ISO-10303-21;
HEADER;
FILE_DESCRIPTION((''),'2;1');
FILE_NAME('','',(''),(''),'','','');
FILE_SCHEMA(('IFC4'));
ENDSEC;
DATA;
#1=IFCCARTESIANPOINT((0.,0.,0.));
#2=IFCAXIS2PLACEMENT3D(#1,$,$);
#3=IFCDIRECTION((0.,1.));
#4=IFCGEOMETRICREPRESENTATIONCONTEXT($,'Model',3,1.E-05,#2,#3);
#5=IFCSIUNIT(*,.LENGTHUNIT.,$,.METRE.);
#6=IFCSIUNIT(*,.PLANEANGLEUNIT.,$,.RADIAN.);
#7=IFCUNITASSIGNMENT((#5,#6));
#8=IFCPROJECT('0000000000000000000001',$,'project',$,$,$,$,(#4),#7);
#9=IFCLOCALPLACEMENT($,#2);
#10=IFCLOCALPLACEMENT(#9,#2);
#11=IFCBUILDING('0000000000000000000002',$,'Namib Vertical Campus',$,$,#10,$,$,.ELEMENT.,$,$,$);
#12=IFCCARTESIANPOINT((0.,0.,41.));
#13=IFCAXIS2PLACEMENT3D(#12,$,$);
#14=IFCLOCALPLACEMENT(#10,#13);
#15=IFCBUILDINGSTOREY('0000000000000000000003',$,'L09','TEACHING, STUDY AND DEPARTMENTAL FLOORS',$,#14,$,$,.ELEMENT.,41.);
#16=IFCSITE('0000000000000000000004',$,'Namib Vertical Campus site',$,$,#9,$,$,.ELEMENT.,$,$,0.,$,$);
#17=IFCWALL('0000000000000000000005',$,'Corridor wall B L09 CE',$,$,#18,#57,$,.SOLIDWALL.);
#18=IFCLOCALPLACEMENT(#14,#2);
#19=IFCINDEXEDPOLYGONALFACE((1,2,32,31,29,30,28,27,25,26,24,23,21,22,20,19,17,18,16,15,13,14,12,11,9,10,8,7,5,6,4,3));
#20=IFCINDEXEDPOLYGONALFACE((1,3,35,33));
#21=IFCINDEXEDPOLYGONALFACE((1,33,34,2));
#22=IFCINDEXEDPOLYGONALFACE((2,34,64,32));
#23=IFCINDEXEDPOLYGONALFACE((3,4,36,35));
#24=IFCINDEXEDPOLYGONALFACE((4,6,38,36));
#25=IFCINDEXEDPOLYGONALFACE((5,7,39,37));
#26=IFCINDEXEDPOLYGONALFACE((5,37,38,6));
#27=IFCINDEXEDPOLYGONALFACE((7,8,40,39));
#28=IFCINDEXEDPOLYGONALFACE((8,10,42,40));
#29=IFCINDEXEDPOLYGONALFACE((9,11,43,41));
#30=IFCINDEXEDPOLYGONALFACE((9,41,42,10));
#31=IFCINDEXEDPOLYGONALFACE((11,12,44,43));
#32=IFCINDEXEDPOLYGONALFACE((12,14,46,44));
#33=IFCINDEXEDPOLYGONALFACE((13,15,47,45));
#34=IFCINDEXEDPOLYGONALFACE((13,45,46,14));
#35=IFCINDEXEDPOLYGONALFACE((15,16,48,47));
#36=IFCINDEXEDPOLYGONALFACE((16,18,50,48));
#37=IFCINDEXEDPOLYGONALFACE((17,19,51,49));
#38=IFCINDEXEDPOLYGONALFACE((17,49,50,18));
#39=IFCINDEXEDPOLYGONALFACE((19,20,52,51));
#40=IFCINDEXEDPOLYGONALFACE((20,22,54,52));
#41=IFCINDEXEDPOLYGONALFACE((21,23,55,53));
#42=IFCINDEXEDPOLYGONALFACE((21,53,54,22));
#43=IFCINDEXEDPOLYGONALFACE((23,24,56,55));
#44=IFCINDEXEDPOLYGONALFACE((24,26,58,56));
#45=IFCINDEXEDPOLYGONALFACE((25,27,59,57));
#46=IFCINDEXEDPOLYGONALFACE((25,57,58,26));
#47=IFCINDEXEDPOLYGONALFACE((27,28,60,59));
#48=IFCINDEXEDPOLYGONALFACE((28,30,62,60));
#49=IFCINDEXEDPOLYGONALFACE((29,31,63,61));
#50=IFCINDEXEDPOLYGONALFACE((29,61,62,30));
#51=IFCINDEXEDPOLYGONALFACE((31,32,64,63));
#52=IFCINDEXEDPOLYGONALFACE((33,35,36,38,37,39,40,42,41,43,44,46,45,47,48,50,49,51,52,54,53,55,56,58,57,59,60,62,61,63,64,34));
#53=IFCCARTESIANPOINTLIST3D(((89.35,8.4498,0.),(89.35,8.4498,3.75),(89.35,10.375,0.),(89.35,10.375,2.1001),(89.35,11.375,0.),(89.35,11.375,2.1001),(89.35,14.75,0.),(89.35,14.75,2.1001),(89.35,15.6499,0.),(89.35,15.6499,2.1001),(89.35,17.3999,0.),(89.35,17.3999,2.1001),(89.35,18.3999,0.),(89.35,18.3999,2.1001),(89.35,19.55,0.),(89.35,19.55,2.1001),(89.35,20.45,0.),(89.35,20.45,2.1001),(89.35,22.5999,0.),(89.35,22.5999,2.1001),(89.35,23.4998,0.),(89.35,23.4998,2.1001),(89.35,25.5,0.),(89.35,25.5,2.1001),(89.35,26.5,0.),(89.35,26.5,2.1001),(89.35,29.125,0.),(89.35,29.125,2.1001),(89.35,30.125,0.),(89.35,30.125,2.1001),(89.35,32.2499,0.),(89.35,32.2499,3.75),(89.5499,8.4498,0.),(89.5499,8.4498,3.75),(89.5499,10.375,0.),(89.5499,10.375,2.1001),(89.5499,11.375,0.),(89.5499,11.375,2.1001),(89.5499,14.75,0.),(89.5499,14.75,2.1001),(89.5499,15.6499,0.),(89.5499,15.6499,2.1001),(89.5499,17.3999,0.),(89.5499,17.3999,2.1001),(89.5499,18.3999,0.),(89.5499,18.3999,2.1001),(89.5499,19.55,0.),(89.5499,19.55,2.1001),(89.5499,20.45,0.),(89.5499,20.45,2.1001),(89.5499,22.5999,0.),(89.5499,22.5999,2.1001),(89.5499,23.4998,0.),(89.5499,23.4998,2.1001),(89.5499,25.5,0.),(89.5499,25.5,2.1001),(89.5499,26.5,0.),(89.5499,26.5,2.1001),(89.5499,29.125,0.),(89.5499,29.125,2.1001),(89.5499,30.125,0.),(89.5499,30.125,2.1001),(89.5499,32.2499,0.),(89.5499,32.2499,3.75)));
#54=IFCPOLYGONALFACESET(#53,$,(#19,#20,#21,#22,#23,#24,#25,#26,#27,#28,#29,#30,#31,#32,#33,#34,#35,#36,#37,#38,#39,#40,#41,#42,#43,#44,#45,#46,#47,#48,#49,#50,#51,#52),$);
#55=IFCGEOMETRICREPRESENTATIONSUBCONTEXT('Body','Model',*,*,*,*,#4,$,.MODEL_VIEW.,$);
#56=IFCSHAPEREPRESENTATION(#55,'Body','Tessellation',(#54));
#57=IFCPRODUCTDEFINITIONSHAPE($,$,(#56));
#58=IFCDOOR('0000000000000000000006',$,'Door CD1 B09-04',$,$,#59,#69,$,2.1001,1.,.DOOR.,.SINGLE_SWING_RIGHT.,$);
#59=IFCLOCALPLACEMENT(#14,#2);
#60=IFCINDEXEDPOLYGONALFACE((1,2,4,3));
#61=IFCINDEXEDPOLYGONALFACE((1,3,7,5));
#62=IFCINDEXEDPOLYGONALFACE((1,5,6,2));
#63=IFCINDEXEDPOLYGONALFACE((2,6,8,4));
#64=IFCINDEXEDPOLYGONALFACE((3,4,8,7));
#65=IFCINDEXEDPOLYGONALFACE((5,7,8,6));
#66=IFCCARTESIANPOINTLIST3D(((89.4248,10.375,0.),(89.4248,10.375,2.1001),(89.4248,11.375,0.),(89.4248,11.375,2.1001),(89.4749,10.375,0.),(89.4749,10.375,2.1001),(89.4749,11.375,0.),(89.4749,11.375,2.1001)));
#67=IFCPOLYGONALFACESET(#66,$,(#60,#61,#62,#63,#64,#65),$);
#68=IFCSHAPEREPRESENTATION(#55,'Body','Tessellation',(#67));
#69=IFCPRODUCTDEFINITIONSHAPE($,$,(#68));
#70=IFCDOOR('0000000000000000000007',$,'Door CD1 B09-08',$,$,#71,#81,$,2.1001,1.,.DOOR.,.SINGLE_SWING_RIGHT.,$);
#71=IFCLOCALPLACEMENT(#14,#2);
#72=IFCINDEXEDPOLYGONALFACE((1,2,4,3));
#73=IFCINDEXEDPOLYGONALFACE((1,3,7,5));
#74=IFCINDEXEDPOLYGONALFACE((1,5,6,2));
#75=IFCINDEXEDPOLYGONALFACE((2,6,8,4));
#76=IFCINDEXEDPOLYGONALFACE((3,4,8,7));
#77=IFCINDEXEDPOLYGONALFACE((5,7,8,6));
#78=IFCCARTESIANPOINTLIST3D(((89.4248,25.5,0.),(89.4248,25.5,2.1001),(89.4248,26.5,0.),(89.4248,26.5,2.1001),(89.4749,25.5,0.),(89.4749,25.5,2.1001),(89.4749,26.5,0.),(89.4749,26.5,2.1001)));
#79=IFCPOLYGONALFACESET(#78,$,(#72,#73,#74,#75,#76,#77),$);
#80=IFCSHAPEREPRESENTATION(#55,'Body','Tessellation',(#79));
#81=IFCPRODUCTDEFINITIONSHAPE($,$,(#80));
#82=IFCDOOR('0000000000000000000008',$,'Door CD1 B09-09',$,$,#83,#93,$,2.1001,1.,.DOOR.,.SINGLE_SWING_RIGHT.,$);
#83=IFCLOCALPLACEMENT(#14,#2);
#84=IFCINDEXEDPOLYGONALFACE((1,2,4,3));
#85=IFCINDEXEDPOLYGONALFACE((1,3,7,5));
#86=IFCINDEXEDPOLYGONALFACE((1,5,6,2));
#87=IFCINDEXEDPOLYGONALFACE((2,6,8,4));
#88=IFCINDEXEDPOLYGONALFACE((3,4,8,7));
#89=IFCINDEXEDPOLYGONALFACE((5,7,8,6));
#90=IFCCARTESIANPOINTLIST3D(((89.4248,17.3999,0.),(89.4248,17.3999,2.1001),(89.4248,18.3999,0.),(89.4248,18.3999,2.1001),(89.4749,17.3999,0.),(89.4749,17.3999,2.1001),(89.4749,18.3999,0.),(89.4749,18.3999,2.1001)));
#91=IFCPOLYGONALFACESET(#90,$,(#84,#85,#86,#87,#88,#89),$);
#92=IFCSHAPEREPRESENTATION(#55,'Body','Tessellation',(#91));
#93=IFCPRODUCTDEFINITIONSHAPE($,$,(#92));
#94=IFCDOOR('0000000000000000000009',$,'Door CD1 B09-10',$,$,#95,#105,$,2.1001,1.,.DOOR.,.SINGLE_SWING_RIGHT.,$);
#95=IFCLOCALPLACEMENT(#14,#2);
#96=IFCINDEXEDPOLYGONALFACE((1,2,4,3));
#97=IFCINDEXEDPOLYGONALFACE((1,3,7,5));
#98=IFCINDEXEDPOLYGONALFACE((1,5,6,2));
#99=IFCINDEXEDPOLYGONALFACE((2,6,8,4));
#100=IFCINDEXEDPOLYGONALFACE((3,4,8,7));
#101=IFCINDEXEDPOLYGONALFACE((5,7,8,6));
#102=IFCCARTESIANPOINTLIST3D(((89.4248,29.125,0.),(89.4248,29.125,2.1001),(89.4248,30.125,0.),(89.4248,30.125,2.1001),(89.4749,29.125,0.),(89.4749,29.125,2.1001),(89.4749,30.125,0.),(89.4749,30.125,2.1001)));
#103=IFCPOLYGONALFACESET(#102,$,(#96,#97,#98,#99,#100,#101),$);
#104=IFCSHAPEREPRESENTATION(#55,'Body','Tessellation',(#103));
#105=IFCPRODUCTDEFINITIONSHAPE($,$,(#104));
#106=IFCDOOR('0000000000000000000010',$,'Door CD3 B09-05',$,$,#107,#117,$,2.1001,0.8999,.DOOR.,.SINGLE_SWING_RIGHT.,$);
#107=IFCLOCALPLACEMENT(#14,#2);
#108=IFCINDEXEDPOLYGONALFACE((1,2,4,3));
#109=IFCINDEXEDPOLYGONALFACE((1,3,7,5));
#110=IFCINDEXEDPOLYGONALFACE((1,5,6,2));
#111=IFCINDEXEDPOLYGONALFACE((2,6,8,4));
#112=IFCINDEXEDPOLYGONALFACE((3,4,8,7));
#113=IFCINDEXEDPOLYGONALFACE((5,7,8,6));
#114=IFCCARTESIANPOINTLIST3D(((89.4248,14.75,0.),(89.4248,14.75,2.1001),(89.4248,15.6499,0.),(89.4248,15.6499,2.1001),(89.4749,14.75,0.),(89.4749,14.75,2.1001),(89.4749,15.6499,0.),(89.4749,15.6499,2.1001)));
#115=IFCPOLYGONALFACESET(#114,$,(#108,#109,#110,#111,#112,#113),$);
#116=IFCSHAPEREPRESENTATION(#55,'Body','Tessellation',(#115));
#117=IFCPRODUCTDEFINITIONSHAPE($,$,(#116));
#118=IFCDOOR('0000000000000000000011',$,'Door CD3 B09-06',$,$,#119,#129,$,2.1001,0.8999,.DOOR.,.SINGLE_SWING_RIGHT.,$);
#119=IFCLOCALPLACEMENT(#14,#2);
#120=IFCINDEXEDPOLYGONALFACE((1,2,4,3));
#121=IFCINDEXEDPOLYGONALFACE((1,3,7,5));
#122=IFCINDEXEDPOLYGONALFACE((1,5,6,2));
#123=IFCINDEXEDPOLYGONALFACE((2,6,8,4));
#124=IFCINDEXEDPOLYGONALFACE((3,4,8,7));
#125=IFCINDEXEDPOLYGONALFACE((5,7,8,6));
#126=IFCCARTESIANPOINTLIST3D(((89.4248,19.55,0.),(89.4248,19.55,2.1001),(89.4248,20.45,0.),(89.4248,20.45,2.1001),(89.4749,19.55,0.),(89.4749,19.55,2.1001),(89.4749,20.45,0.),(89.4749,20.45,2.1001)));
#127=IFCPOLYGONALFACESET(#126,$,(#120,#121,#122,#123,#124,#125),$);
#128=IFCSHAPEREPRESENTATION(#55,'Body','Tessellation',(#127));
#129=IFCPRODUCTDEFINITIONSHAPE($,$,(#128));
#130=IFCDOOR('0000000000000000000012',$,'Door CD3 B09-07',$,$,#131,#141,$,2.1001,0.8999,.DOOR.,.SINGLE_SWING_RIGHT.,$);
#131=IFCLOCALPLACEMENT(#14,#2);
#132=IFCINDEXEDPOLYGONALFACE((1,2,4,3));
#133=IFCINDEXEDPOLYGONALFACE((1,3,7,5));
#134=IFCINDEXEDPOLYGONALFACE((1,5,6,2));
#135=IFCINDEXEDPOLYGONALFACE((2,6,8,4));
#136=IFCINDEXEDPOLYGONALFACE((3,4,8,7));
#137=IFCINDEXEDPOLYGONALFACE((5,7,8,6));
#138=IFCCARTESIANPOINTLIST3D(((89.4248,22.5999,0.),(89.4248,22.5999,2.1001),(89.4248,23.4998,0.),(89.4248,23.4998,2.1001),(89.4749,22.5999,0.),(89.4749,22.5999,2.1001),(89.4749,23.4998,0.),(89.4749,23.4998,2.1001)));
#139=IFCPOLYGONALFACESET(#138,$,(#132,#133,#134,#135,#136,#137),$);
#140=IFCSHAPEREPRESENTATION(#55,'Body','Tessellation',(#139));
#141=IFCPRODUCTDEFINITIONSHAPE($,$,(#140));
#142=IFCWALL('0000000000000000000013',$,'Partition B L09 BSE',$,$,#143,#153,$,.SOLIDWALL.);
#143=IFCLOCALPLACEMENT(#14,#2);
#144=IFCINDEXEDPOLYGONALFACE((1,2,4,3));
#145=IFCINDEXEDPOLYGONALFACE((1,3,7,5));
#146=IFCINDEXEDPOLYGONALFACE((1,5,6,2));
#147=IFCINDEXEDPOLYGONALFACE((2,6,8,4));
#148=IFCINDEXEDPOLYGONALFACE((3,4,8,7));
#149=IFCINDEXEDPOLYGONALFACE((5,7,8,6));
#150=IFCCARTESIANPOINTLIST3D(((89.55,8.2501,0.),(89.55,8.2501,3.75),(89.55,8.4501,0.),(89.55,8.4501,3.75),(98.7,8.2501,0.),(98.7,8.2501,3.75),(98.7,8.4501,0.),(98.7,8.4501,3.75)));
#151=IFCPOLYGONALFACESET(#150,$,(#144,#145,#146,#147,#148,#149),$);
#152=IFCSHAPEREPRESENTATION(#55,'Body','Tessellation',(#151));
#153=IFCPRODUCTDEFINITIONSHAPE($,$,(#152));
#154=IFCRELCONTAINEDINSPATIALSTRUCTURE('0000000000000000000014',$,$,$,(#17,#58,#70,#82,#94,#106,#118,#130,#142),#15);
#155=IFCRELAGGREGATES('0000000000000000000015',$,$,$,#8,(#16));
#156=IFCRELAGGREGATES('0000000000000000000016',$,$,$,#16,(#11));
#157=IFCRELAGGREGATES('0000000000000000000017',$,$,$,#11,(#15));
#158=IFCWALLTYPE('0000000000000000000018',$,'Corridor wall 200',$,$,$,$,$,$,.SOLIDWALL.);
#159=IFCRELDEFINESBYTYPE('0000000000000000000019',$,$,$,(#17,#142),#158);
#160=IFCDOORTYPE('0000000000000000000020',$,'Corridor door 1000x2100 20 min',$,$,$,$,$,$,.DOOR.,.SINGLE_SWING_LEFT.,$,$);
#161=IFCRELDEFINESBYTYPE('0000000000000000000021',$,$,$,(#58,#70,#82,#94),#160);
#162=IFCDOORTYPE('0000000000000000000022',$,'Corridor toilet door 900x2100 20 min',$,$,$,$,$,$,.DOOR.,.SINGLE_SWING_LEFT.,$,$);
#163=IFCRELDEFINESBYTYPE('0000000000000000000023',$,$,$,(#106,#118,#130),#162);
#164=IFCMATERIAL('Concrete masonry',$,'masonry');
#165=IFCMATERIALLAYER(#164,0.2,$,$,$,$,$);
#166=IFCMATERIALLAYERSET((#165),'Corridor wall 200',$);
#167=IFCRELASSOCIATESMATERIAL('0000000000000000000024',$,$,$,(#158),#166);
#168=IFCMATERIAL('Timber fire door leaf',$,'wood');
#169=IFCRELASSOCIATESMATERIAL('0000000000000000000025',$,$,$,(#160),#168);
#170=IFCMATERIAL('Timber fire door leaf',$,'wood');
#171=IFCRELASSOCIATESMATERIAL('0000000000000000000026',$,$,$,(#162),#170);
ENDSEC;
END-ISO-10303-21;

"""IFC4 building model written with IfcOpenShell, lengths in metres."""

from ifc_helpers import new_model, si_unit, direction, frame, frame_2d, origin, place, context, subcontext, project, spatial, rectangle, extrude, material, layer, layer_set, type_object, element, fill, save


model = new_model("IFC4")

# Units and contexts
model_context = context("Model", 3, precision=1e-05, world=origin(), true_north=direction((0.0, 1.0)))
body_context = subcontext(model_context, "Body", "Model", "MODEL_VIEW")
ifc_project = project(units=[si_unit("LENGTHUNIT", "METRE"), si_unit("PLANEANGLEUNIT", "RADIAN")], contexts=[model_context])

# Site, building, storey
site_placement = place(None, origin())
site = spatial("IfcSite", under=ifc_project, at=site_placement, Name="Namib Vertical Campus site", CompositionType="ELEMENT", RefElevation=0.0)
building_placement = place(site_placement, origin())
building = spatial("IfcBuilding", under=site, at=building_placement, Name="Namib Vertical Campus", CompositionType="ELEMENT")
storey_placement = place(building_placement, frame((0.0, 0.0, 41.0)))
storey = spatial("IfcBuildingStorey", under=building, at=storey_placement, Name="L09", Description="TEACHING, STUDY AND DEPARTMENTAL FLOORS", CompositionType="ELEMENT", Elevation=41.0)

# Wall, openings, doors
ifc_material_1 = material(Name="Concrete masonry", Category="masonry")
ifc_layer_1 = layer(ifc_material_1, 0.2)
ifc_layer_set_1 = layer_set([ifc_layer_1], Name="Corridor wall 200")
wall_type_1 = type_object("IfcWallType", Name="Corridor wall 200", PredefinedType="SOLIDWALL", material=ifc_layer_set_1)
wall_1_placement = place(storey_placement, frame((89.45, 8.45, 0.0), z_axis=(0.0, 0.0, 1.0), x_axis=(0.0, 1.0, 0.0)))
wall_1 = element("IfcWall", 1, at=wall_1_placement, inside=storey, type_object=wall_type_1, Name="Corridor wall B L09 CE", PredefinedType="SOLIDWALL", context=body_context, shape_type="SweptSolid", body=[
    extrude(rectangle(XDim=23.8, YDim=0.2, at=frame_2d((11.8999, 0.0))), origin(), (0.0, 0.0, 1.0), 3.75),
])
opening_1_placement = place(wall_1_placement, frame((1.925, 0.0, 0.0)))
opening_1 = element("IfcOpeningElement", 2, at=opening_1_placement, cuts=wall_1, PredefinedType="OPENING", context=body_context, shape_type="SweptSolid", body=[
    extrude(rectangle(XDim=1.0, YDim=2.1001, at=frame_2d((0.5, 1.05))), frame((0.0, 0.1099, 0.0), z_axis=(0.0, -1.0, 0.0), x_axis=(1.0, 0.0, 0.0)), (0.0, 0.0, 1.0), 0.22),
])
opening_2_placement = place(wall_1_placement, frame((6.3, 0.0, 0.0)))
opening_2 = element("IfcOpeningElement", 3, at=opening_2_placement, cuts=wall_1, PredefinedType="OPENING", context=body_context, shape_type="SweptSolid", body=[
    extrude(rectangle(XDim=0.8999, YDim=2.1001, at=frame_2d((0.45, 1.05))), frame((0.0, 0.1099, 0.0), z_axis=(0.0, -1.0, 0.0), x_axis=(1.0, 0.0, 0.0)), (0.0, 0.0, 1.0), 0.22),
])
opening_3_placement = place(wall_1_placement, frame((11.1001, 0.0, 0.0)))
opening_3 = element("IfcOpeningElement", 4, at=opening_3_placement, cuts=wall_1, PredefinedType="OPENING", context=body_context, shape_type="SweptSolid", body=[
    extrude(rectangle(XDim=0.8999, YDim=2.1001, at=frame_2d((0.45, 1.05))), frame((0.0, 0.1099, 0.0), z_axis=(0.0, -1.0, 0.0), x_axis=(1.0, 0.0, 0.0)), (0.0, 0.0, 1.0), 0.22),
])
opening_4_placement = place(wall_1_placement, frame((14.1499, 0.0, 0.0)))
opening_4 = element("IfcOpeningElement", 5, at=opening_4_placement, cuts=wall_1, PredefinedType="OPENING", context=body_context, shape_type="SweptSolid", body=[
    extrude(rectangle(XDim=0.8999, YDim=2.1001, at=frame_2d((0.45, 1.05))), frame((0.0, 0.1099, 0.0), z_axis=(0.0, -1.0, 0.0), x_axis=(1.0, 0.0, 0.0)), (0.0, 0.0, 1.0), 0.22),
])
opening_5_placement = place(wall_1_placement, frame((17.05, 0.0, 0.0)))
opening_5 = element("IfcOpeningElement", 6, at=opening_5_placement, cuts=wall_1, PredefinedType="OPENING", context=body_context, shape_type="SweptSolid", body=[
    extrude(rectangle(XDim=1.0, YDim=2.1001, at=frame_2d((0.5, 1.05))), frame((0.0, 0.1099, 0.0), z_axis=(0.0, -1.0, 0.0), x_axis=(1.0, 0.0, 0.0)), (0.0, 0.0, 1.0), 0.22),
])
opening_6_placement = place(wall_1_placement, frame((8.95, 0.0, 0.0)))
opening_6 = element("IfcOpeningElement", 7, at=opening_6_placement, cuts=wall_1, PredefinedType="OPENING", context=body_context, shape_type="SweptSolid", body=[
    extrude(rectangle(XDim=1.0, YDim=2.1001, at=frame_2d((0.5, 1.05))), frame((0.0, 0.1099, 0.0), z_axis=(0.0, -1.0, 0.0), x_axis=(1.0, 0.0, 0.0)), (0.0, 0.0, 1.0), 0.22),
])
opening_7_placement = place(wall_1_placement, frame((20.675, 0.0, 0.0)))
opening_7 = element("IfcOpeningElement", 8, at=opening_7_placement, cuts=wall_1, PredefinedType="OPENING", context=body_context, shape_type="SweptSolid", body=[
    extrude(rectangle(XDim=1.0, YDim=2.1001, at=frame_2d((0.5, 1.05))), frame((0.0, 0.1099, 0.0), z_axis=(0.0, -1.0, 0.0), x_axis=(1.0, 0.0, 0.0)), (0.0, 0.0, 1.0), 0.22),
])
ifc_material_2 = material(Name="Timber fire door leaf", Category="wood")
door_type_1 = type_object("IfcDoorType", Name="Corridor door 1000x2100 20 min", OperationType="SINGLE_SWING_LEFT", PredefinedType="DOOR", material=ifc_material_2)
door_1_placement = place(opening_1_placement, frame((1.0, 0.0, 0.0), z_axis=(0.0, 0.0, 1.0), x_axis=(-1.0, 0.0, 0.0)))
door_1 = element("IfcDoor", 9, at=door_1_placement, inside=storey, type_object=door_type_1, Name="Door CD1 B09-04", OperationType="SINGLE_SWING_RIGHT", OverallHeight=2.1001, OverallWidth=1.0, PredefinedType="DOOR", context=body_context, shape_type="SweptSolid", body=[
    extrude(rectangle(XDim=1.0, YDim=2.1001, at=frame_2d((0.5, 1.05))), frame((0.0, 0.0249, 0.0), z_axis=(0.0, -1.0, 0.0), x_axis=(1.0, 0.0, 0.0)), (0.0, 0.0, 1.0), 0.05),
])
fill(opening_1, door_1)
door_2_placement = place(opening_5_placement, frame((1.0, 0.0, 0.0), z_axis=(0.0, 0.0, 1.0), x_axis=(-1.0, 0.0, 0.0)))
door_2 = element("IfcDoor", 10, at=door_2_placement, inside=storey, type_object=door_type_1, Name="Door CD1 B09-08", OperationType="SINGLE_SWING_RIGHT", OverallHeight=2.1001, OverallWidth=1.0, PredefinedType="DOOR", context=body_context, shape_type="SweptSolid", body=[
    extrude(rectangle(XDim=1.0, YDim=2.1001, at=frame_2d((0.5, 1.05))), frame((0.0, 0.0249, 0.0), z_axis=(0.0, -1.0, 0.0), x_axis=(1.0, 0.0, 0.0)), (0.0, 0.0, 1.0), 0.05),
])
fill(opening_5, door_2)
door_3_placement = place(opening_6_placement, frame((1.0, 0.0, 0.0), z_axis=(0.0, 0.0, 1.0), x_axis=(-1.0, 0.0, 0.0)))
door_3 = element("IfcDoor", 11, at=door_3_placement, inside=storey, type_object=door_type_1, Name="Door CD1 B09-09", OperationType="SINGLE_SWING_RIGHT", OverallHeight=2.1001, OverallWidth=1.0, PredefinedType="DOOR", context=body_context, shape_type="SweptSolid", body=[
    extrude(rectangle(XDim=1.0, YDim=2.1001, at=frame_2d((0.5, 1.05))), frame((0.0, 0.0249, 0.0), z_axis=(0.0, -1.0, 0.0), x_axis=(1.0, 0.0, 0.0)), (0.0, 0.0, 1.0), 0.05),
])
fill(opening_6, door_3)
door_4_placement = place(opening_7_placement, frame((1.0, 0.0, 0.0), z_axis=(0.0, 0.0, 1.0), x_axis=(-1.0, 0.0, 0.0)))
door_4 = element("IfcDoor", 12, at=door_4_placement, inside=storey, type_object=door_type_1, Name="Door CD1 B09-10", OperationType="SINGLE_SWING_RIGHT", OverallHeight=2.1001, OverallWidth=1.0, PredefinedType="DOOR", context=body_context, shape_type="SweptSolid", body=[
    extrude(rectangle(XDim=1.0, YDim=2.1001, at=frame_2d((0.5, 1.05))), frame((0.0, 0.0249, 0.0), z_axis=(0.0, -1.0, 0.0), x_axis=(1.0, 0.0, 0.0)), (0.0, 0.0, 1.0), 0.05),
])
fill(opening_7, door_4)
ifc_material_3 = material(Name="Timber fire door leaf", Category="wood")
door_type_2 = type_object("IfcDoorType", Name="Corridor toilet door 900x2100 20 min", OperationType="SINGLE_SWING_LEFT", PredefinedType="DOOR", material=ifc_material_3)
door_5_placement = place(opening_2_placement, frame((0.8999, 0.0, 0.0), z_axis=(0.0, 0.0, 1.0), x_axis=(-1.0, 0.0, 0.0)))
door_5 = element("IfcDoor", 13, at=door_5_placement, inside=storey, type_object=door_type_2, Name="Door CD3 B09-05", OperationType="SINGLE_SWING_RIGHT", OverallHeight=2.1001, OverallWidth=0.8999, PredefinedType="DOOR", context=body_context, shape_type="SweptSolid", body=[
    extrude(rectangle(XDim=0.8999, YDim=2.1001, at=frame_2d((0.45, 1.05))), frame((0.0, 0.0249, 0.0), z_axis=(0.0, -1.0, 0.0), x_axis=(1.0, 0.0, 0.0)), (0.0, 0.0, 1.0), 0.05),
])
fill(opening_2, door_5)
door_6_placement = place(opening_3_placement, frame((0.8999, 0.0, 0.0), z_axis=(0.0, 0.0, 1.0), x_axis=(-1.0, 0.0, 0.0)))
door_6 = element("IfcDoor", 14, at=door_6_placement, inside=storey, type_object=door_type_2, Name="Door CD3 B09-06", OperationType="SINGLE_SWING_RIGHT", OverallHeight=2.1001, OverallWidth=0.8999, PredefinedType="DOOR", context=body_context, shape_type="SweptSolid", body=[
    extrude(rectangle(XDim=0.8999, YDim=2.1001, at=frame_2d((0.45, 1.05))), frame((0.0, 0.0249, 0.0), z_axis=(0.0, -1.0, 0.0), x_axis=(1.0, 0.0, 0.0)), (0.0, 0.0, 1.0), 0.05),
])
fill(opening_3, door_6)
door_7_placement = place(opening_4_placement, frame((0.8999, 0.0, 0.0), z_axis=(0.0, 0.0, 1.0), x_axis=(-1.0, 0.0, 0.0)))
door_7 = element("IfcDoor", 15, at=door_7_placement, inside=storey, type_object=door_type_2, Name="Door CD3 B09-07", OperationType="SINGLE_SWING_RIGHT", OverallHeight=2.1001, OverallWidth=0.8999, PredefinedType="DOOR", context=body_context, shape_type="SweptSolid", body=[
    extrude(rectangle(XDim=0.8999, YDim=2.1001, at=frame_2d((0.45, 1.05))), frame((0.0, 0.0249, 0.0), z_axis=(0.0, -1.0, 0.0), x_axis=(1.0, 0.0, 0.0)), (0.0, 0.0, 1.0), 0.05),
])
fill(opening_4, door_7)

# Wall
wall_2_placement = place(storey_placement, frame((89.55, 8.3501, 0.0), z_axis=(0.0, 0.0, 1.0), x_axis=(1.0, 0.0, 0.0)))
element("IfcWall", 16, at=wall_2_placement, inside=storey, type_object=wall_type_1, Name="Partition B L09 BSE", PredefinedType="SOLIDWALL", context=body_context, shape_type="SweptSolid", body=[
    extrude(rectangle(XDim=9.1499, YDim=0.2, at=frame_2d((4.575, 0.0))), origin(), (0.0, 0.0, 1.0), 3.75),
])

save(model, "model.ifc")
